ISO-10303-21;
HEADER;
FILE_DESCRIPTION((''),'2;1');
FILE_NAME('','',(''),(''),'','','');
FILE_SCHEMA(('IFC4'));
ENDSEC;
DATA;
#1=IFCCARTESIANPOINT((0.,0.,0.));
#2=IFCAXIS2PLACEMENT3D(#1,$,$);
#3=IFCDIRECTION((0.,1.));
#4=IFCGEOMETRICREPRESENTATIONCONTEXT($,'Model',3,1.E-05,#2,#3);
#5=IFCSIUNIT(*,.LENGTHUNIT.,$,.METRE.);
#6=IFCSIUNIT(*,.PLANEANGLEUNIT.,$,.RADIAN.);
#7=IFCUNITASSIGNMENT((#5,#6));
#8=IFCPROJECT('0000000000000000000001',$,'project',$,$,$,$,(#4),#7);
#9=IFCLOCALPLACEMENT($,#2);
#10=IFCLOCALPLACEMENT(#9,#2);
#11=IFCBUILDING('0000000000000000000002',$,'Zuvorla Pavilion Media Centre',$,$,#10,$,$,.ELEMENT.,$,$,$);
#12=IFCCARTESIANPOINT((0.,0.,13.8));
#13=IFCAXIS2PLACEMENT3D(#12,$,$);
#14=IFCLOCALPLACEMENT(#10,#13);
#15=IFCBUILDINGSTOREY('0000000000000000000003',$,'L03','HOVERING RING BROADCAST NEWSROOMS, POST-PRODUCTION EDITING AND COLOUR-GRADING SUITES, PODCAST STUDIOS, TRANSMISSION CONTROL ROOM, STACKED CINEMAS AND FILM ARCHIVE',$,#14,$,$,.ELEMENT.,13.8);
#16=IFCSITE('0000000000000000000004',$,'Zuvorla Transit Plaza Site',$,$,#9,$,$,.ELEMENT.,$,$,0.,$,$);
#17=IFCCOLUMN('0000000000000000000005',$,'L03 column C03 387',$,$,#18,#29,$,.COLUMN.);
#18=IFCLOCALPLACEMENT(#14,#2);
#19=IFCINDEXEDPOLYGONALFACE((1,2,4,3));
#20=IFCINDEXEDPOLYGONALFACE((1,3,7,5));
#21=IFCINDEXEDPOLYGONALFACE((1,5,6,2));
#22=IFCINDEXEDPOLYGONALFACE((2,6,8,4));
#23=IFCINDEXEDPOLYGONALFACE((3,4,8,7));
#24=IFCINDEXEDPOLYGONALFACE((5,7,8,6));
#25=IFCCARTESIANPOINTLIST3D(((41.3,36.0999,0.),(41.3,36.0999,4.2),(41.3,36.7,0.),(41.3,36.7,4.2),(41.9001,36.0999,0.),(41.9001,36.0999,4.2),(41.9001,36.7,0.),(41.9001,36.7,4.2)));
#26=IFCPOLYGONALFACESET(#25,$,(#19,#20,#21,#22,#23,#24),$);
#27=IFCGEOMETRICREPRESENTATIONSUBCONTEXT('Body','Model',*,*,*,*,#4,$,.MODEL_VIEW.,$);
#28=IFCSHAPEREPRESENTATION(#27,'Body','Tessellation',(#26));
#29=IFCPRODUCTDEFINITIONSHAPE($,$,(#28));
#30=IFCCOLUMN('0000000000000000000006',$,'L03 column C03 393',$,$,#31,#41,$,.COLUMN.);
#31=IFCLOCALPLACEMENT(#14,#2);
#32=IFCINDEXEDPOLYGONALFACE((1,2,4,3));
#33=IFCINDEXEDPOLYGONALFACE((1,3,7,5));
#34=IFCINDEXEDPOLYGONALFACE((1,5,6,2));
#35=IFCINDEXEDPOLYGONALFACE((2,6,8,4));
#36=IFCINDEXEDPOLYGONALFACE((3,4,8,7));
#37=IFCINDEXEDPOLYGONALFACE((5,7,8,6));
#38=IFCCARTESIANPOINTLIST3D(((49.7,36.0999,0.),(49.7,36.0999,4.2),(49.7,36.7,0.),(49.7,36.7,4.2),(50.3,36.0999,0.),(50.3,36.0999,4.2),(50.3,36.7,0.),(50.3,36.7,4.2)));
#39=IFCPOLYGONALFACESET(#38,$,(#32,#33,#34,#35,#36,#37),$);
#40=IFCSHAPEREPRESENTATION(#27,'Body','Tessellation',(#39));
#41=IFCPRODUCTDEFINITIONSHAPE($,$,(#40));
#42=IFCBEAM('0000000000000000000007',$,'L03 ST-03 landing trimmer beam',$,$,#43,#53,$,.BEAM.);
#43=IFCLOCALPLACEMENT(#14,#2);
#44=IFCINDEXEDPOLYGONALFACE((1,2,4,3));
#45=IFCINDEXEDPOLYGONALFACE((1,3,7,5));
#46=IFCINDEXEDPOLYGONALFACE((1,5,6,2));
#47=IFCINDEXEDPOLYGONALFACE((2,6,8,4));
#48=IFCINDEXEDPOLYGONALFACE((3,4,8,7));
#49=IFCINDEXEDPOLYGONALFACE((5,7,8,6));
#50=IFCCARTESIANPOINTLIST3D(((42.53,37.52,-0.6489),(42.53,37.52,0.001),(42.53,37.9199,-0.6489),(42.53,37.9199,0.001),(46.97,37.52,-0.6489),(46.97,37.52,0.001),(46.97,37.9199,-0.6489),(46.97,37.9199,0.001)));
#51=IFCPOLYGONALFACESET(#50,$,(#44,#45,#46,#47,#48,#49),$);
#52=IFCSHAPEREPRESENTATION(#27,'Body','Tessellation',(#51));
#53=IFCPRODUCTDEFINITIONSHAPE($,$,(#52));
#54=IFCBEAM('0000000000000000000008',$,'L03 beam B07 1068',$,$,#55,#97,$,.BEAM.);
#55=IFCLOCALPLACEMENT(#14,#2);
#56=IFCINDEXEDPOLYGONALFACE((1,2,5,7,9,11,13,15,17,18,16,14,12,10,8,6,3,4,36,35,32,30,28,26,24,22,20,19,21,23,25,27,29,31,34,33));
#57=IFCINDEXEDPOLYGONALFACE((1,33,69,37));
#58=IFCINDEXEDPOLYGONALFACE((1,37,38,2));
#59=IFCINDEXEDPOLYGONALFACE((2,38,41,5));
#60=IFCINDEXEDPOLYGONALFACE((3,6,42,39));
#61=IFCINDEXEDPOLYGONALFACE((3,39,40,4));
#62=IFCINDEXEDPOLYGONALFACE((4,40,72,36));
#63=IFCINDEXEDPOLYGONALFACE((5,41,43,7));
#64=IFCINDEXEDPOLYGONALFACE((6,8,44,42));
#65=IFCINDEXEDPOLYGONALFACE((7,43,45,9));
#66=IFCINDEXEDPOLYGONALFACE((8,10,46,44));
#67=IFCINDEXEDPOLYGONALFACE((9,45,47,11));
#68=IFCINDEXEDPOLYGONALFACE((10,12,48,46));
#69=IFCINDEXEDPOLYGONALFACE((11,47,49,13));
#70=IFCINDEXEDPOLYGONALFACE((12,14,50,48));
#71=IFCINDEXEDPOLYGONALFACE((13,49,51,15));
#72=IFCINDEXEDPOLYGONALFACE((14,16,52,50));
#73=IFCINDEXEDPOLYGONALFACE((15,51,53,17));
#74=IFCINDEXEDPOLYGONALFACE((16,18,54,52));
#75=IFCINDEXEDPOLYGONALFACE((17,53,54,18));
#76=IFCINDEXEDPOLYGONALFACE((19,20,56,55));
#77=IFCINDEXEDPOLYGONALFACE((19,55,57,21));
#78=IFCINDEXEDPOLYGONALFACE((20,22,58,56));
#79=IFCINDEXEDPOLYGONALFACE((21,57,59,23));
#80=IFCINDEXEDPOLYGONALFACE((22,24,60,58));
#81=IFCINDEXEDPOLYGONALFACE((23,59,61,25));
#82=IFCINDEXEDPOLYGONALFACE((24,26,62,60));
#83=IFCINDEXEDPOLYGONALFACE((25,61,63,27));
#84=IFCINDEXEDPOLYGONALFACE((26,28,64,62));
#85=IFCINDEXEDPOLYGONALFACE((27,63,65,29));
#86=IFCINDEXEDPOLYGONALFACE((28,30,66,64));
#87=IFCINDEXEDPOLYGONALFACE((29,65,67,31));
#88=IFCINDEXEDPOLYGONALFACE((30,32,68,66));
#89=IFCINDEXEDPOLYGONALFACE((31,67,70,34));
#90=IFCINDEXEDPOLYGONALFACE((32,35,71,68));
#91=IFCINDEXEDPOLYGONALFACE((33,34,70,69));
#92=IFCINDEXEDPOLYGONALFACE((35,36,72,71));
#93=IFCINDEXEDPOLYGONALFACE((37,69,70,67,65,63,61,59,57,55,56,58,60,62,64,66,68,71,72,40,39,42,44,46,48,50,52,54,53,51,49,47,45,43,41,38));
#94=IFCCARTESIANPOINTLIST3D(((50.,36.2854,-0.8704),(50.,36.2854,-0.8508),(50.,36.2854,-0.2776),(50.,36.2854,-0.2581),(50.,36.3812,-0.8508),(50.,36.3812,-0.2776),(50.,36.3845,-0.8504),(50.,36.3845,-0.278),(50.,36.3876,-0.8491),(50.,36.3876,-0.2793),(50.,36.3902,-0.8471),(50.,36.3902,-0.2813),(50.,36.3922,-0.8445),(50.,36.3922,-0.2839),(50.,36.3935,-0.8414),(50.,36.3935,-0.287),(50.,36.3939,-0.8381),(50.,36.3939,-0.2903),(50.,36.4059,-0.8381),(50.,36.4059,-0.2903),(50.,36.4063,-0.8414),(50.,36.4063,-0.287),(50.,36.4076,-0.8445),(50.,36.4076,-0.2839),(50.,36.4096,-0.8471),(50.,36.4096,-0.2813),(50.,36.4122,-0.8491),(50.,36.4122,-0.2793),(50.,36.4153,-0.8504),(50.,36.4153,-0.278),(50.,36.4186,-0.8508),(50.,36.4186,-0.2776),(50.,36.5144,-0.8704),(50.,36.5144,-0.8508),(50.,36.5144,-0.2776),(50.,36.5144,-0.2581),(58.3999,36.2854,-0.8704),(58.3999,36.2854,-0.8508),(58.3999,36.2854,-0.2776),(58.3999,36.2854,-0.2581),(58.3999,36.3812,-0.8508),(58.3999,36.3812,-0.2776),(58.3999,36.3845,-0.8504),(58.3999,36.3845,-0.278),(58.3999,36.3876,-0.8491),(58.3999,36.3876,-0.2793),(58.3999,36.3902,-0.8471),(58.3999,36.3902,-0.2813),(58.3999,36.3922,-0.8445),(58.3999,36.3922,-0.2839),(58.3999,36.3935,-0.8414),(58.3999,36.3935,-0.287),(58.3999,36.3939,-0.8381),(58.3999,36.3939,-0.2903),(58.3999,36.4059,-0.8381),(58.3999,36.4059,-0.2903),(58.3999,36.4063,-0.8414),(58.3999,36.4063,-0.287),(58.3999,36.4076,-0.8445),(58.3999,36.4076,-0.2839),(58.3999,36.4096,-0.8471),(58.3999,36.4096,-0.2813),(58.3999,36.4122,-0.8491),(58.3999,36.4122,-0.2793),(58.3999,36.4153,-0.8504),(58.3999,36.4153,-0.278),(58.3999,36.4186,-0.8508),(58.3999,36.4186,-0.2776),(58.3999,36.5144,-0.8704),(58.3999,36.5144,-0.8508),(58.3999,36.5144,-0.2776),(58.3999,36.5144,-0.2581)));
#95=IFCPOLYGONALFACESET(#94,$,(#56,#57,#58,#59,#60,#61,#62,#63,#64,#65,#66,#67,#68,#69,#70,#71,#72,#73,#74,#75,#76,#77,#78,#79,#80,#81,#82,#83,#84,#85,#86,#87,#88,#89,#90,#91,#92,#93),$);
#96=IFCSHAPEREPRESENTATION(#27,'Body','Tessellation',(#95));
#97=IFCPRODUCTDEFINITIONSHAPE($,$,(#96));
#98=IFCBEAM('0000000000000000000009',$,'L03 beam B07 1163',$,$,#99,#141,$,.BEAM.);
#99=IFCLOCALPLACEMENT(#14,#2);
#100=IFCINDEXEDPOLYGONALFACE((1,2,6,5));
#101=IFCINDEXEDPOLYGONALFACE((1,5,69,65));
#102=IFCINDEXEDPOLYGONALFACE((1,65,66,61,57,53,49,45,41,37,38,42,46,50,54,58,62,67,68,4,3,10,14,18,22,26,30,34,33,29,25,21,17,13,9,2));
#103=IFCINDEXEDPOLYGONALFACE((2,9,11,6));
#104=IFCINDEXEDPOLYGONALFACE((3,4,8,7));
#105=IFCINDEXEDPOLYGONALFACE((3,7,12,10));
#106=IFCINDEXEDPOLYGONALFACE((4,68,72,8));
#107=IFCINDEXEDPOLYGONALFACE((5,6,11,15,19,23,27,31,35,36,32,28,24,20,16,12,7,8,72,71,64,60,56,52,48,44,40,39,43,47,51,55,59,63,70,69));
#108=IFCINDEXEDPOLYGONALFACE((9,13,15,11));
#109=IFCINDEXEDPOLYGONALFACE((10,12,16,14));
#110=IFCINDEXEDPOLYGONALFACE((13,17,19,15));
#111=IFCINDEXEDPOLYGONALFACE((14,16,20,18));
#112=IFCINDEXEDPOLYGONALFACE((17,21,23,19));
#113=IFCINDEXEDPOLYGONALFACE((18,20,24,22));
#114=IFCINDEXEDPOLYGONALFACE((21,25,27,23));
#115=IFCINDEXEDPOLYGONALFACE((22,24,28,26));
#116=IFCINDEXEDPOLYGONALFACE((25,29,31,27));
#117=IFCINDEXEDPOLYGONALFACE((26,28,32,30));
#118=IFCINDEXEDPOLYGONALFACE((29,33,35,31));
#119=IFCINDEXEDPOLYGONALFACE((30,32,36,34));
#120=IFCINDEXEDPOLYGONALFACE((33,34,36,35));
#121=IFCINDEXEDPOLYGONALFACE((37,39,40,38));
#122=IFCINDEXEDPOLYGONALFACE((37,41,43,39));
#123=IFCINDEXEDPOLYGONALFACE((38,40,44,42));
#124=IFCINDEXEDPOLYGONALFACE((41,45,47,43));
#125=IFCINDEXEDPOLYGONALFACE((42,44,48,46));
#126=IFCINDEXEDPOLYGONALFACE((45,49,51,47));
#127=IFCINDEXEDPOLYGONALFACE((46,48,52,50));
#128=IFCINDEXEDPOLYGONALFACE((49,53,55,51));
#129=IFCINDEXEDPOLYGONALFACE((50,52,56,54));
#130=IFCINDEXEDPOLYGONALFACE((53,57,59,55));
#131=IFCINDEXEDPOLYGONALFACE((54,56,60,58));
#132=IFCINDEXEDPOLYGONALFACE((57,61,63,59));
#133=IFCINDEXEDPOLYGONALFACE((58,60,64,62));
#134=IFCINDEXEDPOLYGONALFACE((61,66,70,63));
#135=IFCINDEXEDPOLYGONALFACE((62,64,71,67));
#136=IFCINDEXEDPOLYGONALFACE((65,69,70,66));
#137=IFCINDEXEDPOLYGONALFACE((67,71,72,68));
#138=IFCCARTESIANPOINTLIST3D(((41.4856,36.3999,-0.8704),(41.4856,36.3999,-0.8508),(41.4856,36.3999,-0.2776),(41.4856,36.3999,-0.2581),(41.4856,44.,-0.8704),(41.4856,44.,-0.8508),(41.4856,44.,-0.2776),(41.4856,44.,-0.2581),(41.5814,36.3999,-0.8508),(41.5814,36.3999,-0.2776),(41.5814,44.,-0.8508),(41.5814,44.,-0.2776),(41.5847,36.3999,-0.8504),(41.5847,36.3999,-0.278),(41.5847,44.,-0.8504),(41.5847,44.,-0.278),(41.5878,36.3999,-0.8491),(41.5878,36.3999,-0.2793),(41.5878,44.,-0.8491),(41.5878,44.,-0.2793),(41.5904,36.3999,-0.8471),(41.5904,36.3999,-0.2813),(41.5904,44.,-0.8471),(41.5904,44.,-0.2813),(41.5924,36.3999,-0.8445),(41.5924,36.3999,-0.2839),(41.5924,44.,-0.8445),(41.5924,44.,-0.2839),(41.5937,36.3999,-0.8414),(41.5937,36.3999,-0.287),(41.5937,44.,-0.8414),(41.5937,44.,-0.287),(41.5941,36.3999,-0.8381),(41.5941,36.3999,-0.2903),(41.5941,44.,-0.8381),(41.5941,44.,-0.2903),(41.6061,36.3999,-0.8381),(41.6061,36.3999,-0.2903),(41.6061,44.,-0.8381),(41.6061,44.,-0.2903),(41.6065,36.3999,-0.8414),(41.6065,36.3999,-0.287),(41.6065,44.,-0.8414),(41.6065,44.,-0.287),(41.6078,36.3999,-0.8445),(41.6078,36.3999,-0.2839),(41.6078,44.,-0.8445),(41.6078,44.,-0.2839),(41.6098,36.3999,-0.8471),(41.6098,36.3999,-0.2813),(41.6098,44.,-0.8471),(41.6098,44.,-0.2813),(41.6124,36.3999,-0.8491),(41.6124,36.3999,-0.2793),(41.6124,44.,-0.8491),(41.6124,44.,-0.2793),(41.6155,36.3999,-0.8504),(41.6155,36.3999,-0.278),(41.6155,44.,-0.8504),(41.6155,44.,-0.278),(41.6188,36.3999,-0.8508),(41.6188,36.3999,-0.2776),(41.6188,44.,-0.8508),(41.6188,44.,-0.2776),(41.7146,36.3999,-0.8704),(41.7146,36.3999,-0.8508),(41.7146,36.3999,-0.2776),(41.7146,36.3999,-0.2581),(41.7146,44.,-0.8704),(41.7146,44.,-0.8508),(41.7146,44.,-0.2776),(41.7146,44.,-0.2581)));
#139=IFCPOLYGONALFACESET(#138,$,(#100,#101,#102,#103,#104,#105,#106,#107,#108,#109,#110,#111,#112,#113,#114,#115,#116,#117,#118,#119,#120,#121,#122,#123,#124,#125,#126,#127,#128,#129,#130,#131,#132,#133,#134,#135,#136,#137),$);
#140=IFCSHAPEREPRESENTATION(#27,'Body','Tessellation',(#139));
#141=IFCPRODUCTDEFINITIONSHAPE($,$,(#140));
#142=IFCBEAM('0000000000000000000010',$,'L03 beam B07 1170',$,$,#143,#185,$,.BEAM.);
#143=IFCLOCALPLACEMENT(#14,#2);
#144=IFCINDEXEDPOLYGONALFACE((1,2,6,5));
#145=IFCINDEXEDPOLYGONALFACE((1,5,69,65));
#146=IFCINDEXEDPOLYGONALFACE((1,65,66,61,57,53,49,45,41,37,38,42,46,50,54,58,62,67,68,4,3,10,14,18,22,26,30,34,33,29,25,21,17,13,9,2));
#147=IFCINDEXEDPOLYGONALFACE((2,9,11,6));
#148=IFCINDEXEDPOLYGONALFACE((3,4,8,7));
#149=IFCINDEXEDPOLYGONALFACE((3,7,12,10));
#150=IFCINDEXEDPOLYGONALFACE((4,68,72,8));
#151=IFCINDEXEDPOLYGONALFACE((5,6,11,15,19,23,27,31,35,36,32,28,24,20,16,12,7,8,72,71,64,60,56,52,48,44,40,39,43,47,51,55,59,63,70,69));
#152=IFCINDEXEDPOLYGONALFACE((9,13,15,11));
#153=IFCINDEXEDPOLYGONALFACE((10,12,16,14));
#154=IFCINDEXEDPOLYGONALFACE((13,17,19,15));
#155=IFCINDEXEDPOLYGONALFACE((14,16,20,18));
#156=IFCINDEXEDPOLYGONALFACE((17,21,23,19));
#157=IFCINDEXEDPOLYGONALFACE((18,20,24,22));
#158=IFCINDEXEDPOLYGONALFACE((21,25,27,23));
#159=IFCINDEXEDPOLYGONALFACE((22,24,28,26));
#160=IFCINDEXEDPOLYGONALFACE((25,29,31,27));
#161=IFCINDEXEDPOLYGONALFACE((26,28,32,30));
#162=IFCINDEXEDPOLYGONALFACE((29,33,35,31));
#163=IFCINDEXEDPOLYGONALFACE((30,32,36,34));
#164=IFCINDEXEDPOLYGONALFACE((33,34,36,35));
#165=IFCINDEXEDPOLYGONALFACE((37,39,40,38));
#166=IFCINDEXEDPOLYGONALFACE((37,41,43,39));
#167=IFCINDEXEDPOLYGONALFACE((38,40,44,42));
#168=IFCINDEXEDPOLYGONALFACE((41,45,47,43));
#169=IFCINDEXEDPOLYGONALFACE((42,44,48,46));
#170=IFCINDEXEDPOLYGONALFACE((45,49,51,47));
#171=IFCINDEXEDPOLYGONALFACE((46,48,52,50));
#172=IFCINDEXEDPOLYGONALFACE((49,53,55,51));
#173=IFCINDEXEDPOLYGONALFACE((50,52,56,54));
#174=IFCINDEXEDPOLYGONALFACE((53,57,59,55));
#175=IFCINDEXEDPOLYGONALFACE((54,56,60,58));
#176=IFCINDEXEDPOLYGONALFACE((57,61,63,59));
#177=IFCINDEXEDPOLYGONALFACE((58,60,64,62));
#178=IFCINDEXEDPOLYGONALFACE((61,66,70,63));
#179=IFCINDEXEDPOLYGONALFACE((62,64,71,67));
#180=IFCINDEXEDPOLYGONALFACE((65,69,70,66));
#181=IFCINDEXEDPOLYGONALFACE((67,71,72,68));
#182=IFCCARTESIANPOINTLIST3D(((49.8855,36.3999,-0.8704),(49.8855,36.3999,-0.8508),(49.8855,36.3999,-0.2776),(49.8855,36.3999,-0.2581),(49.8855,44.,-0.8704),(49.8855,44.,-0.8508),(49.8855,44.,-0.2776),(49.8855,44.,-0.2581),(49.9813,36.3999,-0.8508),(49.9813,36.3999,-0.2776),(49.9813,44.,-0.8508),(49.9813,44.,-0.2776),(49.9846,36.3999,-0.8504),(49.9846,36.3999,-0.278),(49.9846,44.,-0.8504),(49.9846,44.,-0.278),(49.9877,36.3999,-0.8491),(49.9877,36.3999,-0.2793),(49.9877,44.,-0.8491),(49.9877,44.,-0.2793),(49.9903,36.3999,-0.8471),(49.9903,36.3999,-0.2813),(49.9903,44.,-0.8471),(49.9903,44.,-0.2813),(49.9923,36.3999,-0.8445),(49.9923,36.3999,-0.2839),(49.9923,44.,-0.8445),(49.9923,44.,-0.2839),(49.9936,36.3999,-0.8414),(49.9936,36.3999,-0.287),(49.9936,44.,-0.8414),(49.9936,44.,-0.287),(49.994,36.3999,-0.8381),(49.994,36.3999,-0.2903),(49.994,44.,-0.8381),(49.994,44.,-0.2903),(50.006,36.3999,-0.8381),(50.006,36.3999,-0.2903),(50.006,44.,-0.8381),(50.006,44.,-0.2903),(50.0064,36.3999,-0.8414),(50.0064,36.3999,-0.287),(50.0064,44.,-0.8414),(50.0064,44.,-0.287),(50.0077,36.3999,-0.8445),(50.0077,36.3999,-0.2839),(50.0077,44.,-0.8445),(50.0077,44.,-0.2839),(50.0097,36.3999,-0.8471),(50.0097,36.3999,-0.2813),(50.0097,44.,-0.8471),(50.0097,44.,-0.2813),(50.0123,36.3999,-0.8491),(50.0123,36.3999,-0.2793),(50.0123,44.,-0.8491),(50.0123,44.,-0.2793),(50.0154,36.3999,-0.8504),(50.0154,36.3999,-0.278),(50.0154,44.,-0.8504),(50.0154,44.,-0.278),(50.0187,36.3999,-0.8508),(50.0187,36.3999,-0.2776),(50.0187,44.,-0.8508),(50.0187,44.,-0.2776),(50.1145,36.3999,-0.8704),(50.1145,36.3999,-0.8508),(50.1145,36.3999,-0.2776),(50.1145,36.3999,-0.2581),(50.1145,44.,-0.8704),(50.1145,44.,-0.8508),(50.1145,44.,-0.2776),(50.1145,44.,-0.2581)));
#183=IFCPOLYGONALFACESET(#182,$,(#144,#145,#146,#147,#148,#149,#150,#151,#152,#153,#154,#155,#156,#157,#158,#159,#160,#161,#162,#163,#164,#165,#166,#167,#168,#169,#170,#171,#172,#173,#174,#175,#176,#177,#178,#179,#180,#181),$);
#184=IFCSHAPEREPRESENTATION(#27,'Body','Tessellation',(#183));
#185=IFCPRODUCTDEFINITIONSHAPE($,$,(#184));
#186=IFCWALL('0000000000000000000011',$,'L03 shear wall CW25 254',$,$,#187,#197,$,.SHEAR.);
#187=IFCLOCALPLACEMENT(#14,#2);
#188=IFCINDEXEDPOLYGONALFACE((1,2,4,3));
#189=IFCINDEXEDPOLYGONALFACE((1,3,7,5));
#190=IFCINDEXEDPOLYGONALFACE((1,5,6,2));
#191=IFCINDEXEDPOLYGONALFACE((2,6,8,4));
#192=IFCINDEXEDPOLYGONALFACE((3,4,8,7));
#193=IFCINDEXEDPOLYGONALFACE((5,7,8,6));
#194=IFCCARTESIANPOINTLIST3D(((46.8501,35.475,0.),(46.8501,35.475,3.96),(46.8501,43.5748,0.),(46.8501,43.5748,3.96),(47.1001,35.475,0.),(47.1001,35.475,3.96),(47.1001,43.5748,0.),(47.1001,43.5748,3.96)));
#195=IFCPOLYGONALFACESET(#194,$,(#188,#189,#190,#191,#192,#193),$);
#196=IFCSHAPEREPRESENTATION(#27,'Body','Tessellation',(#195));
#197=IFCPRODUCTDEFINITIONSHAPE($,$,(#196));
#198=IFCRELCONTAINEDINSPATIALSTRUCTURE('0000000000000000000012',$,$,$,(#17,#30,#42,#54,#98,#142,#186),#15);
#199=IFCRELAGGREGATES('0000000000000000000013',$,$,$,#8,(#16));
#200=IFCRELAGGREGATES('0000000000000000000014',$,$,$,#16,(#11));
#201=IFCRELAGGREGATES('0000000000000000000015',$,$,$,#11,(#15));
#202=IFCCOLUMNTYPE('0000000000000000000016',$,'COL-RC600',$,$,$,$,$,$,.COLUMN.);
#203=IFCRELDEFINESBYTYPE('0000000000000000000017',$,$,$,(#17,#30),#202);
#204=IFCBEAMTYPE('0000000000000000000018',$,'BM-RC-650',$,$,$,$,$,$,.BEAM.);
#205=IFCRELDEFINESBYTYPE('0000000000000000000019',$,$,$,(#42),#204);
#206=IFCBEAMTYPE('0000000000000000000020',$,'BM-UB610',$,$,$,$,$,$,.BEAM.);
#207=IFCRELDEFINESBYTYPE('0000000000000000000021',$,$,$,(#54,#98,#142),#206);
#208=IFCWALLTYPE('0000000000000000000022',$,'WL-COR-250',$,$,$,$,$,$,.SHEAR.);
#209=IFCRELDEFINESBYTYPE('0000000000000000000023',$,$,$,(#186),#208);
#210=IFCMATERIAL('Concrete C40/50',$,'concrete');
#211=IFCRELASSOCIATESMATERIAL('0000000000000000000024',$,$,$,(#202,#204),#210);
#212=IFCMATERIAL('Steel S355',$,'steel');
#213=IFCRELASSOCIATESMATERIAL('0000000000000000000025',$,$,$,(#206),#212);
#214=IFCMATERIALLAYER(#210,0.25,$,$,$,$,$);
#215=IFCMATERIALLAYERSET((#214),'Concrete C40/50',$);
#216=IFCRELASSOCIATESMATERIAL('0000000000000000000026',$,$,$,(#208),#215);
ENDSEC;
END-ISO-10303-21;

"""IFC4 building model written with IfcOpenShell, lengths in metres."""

from ifc_helpers import new_model, si_unit, direction, frame, frame_2d, origin, origin_2d, place, context, subcontext, project, spatial, rectangle, i_section, extrude, material, layer, layer_set, material_profile, profile_set, type_object, element, save


model = new_model("IFC4")

# Units and contexts
model_context = context("Model", 3, precision=1e-05, world=origin(), true_north=direction((0.0, 1.0)))
body_context = subcontext(model_context, "Body", "Model", "MODEL_VIEW")
ifc_project = project(units=[si_unit("LENGTHUNIT", "METRE"), si_unit("PLANEANGLEUNIT", "RADIAN")], contexts=[model_context])

# Site, building, storey
site_placement = place(None, origin())
site = spatial("IfcSite", under=ifc_project, at=site_placement, Name="Zuvorla Transit Plaza Site", CompositionType="ELEMENT", RefElevation=0.0)
building_placement = place(site_placement, origin())
building = spatial("IfcBuilding", under=site, at=building_placement, Name="Zuvorla Pavilion Media Centre", CompositionType="ELEMENT")
storey_placement = place(building_placement, frame((0.0, 0.0, 13.8)))
storey = spatial("IfcBuildingStorey", under=building, at=storey_placement, Name="L03", Description="HOVERING RING BROADCAST NEWSROOMS, POST-PRODUCTION EDITING AND COLOUR-GRADING SUITES, PODCAST STUDIOS, TRANSMISSION CONTROL ROOM, STACKED CINEMAS AND FILM ARCHIVE", CompositionType="ELEMENT", Elevation=13.8)

# Columns
ifc_material_1 = material(Name="Concrete C40/50", Category="concrete")
ifc_material_profile_1 = material_profile(ifc_material_1, rectangle(XDim=0.6001, YDim=0.6001, at=origin_2d()), Name="RC 600x600")
ifc_profile_set_1 = profile_set([ifc_material_profile_1], Name="Concrete C40/50")
column_type = type_object("IfcColumnType", Name="COL-RC600", PredefinedType="COLUMN", material=ifc_profile_set_1)
for number, where, z_axis, x_axis, name in (
    (1, (41.6001, 36.3999, 0.0), (0.0, 0.0, 1.0), (1.0, 0.0, 0.0), "L03 column C03 387"),
    (2, (50.0, 36.3999, 0.0), (0.0, 0.0, 1.0), (1.0, 0.0, 0.0), "L03 column C03 393"),
):
    element("IfcColumn", number, at=place(storey_placement, frame(where, z_axis=z_axis, x_axis=x_axis)), inside=storey, type_object=column_type, Name=name, PredefinedType="COLUMN", context=body_context, shape_type="SweptSolid", body=[
        extrude(rectangle(XDim=0.6001, YDim=0.6001, at=origin_2d()), origin(), (0.0, 0.0, 1.0), 4.2),
    ])

# Beams
ifc_material_profile_2 = material_profile(ifc_material_1, rectangle(XDim=0.3999, YDim=0.6499, at=origin_2d()), Name="RC 400x650")
ifc_profile_set_2 = profile_set([ifc_material_profile_2], Name="Concrete C40/50")
beam_type_1 = type_object("IfcBeamType", Name="BM-RC-650", PredefinedType="BEAM", material=ifc_profile_set_2)
beam_1_placement = place(storey_placement, frame((42.53, 37.72, -0.324), z_axis=(1.0, 0.0, 0.0), x_axis=(0.0, 1.0, 0.0)))
element("IfcBeam", 3, at=beam_1_placement, inside=storey, type_object=beam_type_1, Name="L03 ST-03 landing trimmer beam", PredefinedType="BEAM", context=body_context, shape_type="SweptSolid", body=[
    extrude(rectangle(XDim=0.3999, YDim=0.6499, at=origin_2d()), origin(), (0.0, 0.0, 1.0), 4.4399),
])
ifc_material_2 = material(Name="Steel S355", Category="steel")
ifc_material_profile_3 = material_profile(ifc_material_2, i_section(OverallWidth=0.229, OverallDepth=0.6123, WebThickness=0.012, FlangeThickness=0.0195, FilletRadius=0.0127, at=origin_2d()), Name="UB 610x229x125")
ifc_profile_set_3 = profile_set([ifc_material_profile_3], Name="Steel S355")
beam_type_2 = type_object("IfcBeamType", Name="BM-UB610", PredefinedType="BEAM", material=ifc_profile_set_3)
beam_2_placement = place(storey_placement, frame((50.0, 36.3999, -0.5642), z_axis=(1.0, 0.0, 0.0), x_axis=(0.0, 1.0, 0.0)))
element("IfcBeam", 4, at=beam_2_placement, inside=storey, type_object=beam_type_2, Name="L03 beam B07 1068", PredefinedType="BEAM", context=body_context, shape_type="SweptSolid", body=[
    extrude(i_section(OverallWidth=0.229, OverallDepth=0.6123, WebThickness=0.012, FlangeThickness=0.0195, FilletRadius=0.0127, at=origin_2d()), origin(), (0.0, 0.0, 1.0), 8.3999),
])
for number, where, z_axis, x_axis, name in (
    (5, (41.6001, 36.3999, -0.5642), (0.0, 1.0, 0.0), (-1.0, 0.0, 0.0), "L03 beam B07 1163"),
    (6, (50.0, 36.3999, -0.5642), (0.0, 1.0, 0.0), (-1.0, 0.0, 0.0), "L03 beam B07 1170"),
):
    element("IfcBeam", number, at=place(storey_placement, frame(where, z_axis=z_axis, x_axis=x_axis)), inside=storey, type_object=beam_type_2, Name=name, PredefinedType="BEAM", context=body_context, shape_type="SweptSolid", body=[
        extrude(i_section(OverallWidth=0.229, OverallDepth=0.6123, WebThickness=0.012, FlangeThickness=0.0195, FilletRadius=0.0127, at=origin_2d()), origin(), (0.0, 0.0, 1.0), 7.6001),
    ])

# Wall
ifc_layer_1 = layer(ifc_material_1, 0.25)
ifc_layer_set_1 = layer_set([ifc_layer_1], Name="Concrete C40/50")
wall_type_1 = type_object("IfcWallType", Name="WL-COR-250", PredefinedType="SHEAR", material=ifc_layer_set_1)
wall_1_placement = place(storey_placement, frame((46.9751, 35.4751, 0.0), z_axis=(0.0, 0.0, 1.0), x_axis=(0.0, 1.0, 0.0)))
element("IfcWall", 7, at=wall_1_placement, inside=storey, type_object=wall_type_1, Name="L03 shear wall CW25 254", PredefinedType="SHEAR", context=body_context, shape_type="SweptSolid", body=[
    extrude(rectangle(XDim=8.0999, YDim=0.25, at=frame_2d((4.0498, 0.0))), origin(), (0.0, 0.0, 1.0), 3.96),
])

save(model, "model.ifc")
